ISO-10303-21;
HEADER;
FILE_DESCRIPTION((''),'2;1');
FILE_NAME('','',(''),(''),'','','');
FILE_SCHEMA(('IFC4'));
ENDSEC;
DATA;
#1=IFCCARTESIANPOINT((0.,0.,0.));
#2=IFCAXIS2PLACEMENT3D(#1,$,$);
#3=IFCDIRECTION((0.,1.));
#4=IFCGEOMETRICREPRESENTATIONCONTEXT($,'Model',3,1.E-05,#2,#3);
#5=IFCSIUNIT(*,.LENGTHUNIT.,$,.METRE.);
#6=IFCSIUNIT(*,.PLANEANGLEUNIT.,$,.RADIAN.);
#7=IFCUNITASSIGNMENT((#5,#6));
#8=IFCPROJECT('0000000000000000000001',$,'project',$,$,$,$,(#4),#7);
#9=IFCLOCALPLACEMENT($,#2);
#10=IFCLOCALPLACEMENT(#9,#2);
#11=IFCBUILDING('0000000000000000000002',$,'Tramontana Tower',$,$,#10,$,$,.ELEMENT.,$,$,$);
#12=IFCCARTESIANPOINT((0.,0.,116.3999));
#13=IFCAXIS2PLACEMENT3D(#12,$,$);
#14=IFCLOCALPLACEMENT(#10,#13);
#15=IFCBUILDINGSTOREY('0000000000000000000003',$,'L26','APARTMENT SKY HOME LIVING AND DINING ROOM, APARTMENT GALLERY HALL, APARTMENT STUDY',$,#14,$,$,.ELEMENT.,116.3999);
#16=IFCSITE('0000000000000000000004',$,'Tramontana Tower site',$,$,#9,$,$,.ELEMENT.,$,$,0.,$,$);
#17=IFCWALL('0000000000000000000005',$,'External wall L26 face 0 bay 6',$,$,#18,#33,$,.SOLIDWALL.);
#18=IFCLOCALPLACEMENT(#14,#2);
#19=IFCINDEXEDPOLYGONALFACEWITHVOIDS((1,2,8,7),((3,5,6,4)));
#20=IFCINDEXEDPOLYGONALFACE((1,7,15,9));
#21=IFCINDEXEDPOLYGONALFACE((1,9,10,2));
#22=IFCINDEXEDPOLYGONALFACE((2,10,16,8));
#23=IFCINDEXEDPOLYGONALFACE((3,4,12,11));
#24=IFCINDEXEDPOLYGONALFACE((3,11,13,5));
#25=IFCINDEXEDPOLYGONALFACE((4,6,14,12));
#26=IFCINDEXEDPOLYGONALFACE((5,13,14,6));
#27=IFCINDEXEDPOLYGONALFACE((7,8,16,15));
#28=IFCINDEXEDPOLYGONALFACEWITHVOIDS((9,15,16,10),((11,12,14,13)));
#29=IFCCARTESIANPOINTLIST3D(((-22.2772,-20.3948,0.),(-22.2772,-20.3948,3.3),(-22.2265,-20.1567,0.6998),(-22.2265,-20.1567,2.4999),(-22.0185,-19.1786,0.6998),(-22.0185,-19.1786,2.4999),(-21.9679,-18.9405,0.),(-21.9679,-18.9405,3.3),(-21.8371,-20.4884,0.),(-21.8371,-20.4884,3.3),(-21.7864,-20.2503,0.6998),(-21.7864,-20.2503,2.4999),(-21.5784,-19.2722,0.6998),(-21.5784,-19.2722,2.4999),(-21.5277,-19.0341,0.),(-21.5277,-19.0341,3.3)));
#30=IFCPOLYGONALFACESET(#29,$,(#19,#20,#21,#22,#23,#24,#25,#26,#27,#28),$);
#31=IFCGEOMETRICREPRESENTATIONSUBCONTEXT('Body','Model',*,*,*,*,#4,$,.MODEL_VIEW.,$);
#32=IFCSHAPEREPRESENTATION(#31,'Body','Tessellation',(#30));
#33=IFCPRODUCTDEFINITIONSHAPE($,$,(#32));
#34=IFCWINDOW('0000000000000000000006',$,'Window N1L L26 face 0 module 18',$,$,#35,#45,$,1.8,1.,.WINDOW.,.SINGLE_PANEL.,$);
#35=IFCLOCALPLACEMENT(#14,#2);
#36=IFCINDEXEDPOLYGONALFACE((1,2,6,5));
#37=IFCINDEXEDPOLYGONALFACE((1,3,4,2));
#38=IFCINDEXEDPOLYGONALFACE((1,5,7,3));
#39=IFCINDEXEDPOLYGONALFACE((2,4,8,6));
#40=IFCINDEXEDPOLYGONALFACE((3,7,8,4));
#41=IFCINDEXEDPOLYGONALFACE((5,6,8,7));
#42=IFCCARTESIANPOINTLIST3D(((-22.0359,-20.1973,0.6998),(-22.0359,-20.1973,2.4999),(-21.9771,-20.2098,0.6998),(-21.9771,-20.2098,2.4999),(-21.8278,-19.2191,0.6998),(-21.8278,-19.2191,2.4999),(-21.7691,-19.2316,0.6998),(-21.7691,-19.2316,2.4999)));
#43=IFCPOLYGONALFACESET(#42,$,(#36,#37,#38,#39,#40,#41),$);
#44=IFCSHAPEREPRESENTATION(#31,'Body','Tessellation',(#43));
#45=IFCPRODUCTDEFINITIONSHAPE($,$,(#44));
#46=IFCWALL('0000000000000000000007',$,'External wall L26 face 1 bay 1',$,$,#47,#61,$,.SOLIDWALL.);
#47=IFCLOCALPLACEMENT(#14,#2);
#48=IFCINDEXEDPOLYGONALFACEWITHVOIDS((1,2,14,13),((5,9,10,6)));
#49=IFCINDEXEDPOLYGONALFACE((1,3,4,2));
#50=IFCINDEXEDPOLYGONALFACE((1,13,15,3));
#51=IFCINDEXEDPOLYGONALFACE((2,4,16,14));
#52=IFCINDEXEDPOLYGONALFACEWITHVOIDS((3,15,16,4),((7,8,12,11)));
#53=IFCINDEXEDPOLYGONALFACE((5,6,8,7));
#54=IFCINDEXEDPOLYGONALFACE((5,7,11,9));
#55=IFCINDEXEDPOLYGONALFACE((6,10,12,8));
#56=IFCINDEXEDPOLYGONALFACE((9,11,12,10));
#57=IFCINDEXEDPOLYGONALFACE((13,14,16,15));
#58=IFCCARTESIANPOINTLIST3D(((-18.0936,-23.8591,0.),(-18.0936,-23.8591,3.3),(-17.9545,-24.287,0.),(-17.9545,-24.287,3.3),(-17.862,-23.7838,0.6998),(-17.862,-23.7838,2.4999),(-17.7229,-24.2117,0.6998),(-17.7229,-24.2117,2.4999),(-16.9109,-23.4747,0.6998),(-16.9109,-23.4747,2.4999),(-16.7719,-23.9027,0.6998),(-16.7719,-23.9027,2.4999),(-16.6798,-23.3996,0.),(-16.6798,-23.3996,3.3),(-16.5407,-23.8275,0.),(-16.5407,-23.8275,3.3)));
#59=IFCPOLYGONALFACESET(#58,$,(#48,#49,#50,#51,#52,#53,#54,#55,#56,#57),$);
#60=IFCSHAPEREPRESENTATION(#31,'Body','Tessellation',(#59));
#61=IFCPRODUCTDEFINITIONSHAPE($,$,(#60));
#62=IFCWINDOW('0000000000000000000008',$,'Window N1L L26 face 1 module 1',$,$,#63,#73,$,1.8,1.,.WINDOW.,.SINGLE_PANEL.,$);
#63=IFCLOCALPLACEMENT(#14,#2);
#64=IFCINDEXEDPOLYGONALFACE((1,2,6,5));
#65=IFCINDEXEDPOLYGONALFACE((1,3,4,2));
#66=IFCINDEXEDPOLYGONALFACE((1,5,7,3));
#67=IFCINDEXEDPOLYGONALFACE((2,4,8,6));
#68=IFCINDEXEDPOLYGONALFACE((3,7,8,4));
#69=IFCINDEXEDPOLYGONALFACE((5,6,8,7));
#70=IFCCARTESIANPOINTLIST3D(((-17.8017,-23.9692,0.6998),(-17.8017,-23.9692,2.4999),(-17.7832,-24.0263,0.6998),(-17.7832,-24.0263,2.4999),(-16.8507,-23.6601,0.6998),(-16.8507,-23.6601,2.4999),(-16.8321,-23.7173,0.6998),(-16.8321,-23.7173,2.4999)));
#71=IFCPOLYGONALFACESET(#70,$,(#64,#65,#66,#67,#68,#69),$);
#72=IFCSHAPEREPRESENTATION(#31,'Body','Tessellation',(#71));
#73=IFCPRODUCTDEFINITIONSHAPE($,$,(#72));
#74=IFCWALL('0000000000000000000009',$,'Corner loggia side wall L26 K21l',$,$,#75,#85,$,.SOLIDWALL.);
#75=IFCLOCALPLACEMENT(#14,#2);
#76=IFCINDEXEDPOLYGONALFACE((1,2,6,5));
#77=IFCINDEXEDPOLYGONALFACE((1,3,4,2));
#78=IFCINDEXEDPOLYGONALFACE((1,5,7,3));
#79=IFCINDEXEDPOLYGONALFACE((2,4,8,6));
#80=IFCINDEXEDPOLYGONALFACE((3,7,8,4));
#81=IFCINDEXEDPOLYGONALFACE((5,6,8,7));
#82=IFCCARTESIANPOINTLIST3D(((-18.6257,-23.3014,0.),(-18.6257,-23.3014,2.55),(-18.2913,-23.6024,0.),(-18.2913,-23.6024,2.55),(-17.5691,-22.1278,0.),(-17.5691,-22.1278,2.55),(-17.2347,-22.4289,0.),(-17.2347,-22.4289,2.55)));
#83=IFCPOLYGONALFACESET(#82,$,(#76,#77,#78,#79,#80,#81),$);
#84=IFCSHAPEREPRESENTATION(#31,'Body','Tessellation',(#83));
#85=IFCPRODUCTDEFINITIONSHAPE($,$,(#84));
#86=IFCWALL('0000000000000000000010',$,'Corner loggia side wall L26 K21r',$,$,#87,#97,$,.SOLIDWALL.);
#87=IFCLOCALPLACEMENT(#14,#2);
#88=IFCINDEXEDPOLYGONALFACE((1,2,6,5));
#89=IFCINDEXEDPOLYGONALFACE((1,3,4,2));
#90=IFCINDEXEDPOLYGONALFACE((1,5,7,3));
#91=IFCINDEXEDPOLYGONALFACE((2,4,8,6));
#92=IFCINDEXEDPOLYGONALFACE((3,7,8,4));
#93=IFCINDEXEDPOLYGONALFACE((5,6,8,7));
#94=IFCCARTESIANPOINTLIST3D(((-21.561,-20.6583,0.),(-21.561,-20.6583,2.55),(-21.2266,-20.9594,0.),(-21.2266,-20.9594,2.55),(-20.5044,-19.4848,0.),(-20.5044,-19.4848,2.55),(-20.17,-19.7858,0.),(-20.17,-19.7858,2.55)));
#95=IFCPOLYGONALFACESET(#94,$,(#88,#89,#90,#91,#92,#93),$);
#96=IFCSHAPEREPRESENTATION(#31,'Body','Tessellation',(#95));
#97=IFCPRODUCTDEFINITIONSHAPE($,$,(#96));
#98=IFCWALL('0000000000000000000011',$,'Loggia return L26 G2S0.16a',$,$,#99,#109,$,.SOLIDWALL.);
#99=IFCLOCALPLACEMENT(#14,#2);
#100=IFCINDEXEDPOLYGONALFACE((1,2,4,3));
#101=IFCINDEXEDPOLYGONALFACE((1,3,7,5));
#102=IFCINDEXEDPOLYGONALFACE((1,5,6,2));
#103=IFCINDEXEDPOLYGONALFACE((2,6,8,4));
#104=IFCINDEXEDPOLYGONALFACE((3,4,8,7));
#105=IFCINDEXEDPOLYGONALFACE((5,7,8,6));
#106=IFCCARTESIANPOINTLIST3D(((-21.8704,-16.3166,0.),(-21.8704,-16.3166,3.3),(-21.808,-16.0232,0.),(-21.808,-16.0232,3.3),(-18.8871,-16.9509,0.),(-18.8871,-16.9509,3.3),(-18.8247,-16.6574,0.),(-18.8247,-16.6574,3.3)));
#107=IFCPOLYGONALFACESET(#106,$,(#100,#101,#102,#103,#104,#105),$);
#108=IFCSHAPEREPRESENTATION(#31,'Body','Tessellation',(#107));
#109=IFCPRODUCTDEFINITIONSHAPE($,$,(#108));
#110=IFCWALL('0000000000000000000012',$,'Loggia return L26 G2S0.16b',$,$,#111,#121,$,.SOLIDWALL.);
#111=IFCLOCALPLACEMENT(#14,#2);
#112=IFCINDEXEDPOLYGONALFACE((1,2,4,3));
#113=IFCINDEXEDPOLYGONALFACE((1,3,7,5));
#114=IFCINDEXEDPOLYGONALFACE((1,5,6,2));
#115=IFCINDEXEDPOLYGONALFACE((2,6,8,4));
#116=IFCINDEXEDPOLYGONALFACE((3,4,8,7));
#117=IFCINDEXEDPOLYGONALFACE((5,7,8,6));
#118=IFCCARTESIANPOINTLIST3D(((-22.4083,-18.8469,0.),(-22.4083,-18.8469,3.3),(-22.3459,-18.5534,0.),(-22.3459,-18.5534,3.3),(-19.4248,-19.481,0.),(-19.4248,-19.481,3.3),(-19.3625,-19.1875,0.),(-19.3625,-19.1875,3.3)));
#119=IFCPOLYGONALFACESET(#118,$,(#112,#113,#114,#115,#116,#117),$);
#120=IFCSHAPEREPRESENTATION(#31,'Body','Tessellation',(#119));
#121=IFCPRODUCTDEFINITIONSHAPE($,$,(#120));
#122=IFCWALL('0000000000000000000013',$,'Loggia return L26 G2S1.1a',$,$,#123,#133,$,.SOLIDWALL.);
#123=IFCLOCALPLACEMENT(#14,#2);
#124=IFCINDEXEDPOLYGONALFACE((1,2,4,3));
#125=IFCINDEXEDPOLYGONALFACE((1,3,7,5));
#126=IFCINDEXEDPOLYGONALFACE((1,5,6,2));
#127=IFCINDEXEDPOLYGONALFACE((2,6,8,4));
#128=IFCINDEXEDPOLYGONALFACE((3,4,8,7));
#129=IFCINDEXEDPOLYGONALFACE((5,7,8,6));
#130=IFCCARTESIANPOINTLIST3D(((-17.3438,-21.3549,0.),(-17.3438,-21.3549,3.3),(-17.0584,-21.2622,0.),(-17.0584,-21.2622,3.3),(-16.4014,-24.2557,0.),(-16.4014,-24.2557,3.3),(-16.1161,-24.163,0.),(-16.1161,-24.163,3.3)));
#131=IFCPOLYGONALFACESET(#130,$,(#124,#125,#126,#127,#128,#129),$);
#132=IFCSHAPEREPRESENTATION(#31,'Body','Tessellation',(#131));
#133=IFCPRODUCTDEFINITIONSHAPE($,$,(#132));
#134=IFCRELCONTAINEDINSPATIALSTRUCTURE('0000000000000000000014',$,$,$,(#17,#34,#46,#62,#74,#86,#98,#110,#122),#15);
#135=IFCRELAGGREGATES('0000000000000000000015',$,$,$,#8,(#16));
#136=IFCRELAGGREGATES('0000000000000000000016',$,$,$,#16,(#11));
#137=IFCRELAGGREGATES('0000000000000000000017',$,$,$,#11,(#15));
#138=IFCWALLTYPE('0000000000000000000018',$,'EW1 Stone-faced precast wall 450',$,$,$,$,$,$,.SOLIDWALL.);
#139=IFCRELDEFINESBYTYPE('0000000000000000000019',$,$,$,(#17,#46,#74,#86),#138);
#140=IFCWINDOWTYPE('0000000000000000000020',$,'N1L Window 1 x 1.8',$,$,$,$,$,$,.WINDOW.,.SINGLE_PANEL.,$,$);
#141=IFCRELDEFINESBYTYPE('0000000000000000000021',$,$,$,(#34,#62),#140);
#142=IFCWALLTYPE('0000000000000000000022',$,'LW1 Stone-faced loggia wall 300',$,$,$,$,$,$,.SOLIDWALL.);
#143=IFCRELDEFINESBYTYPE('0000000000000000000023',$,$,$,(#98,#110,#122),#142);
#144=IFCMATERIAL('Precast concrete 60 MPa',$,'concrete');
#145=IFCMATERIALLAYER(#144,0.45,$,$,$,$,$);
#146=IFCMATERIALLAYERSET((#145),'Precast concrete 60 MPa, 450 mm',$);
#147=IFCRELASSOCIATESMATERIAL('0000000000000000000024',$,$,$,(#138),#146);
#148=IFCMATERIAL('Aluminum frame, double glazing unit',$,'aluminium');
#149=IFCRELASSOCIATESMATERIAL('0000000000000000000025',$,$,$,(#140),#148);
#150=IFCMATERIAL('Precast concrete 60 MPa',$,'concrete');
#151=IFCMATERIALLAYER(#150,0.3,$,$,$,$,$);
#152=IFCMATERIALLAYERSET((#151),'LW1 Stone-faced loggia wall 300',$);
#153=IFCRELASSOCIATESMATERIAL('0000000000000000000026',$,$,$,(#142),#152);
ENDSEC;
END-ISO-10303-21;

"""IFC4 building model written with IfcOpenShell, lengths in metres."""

from ifc_helpers import new_model, si_unit, direction, frame, frame_2d, origin, place, context, subcontext, project, spatial, rectangle, extrude, material, layer, layer_set, type_object, element, fill, save


model = new_model("IFC4")

# Units and contexts
model_context = context("Model", 3, precision=1e-05, world=origin(), true_north=direction((0.0, 1.0)))
body_context = subcontext(model_context, "Body", "Model", "MODEL_VIEW")
ifc_project = project(units=[si_unit("LENGTHUNIT", "METRE"), si_unit("PLANEANGLEUNIT", "RADIAN")], contexts=[model_context])

# Site, building, storey
site_placement = place(None, origin())
site = spatial("IfcSite", under=ifc_project, at=site_placement, Name="Tramontana Tower site", CompositionType="ELEMENT", RefElevation=0.0)
building_placement = place(site_placement, origin())
building = spatial("IfcBuilding", under=site, at=building_placement, Name="Tramontana Tower", CompositionType="ELEMENT")
storey_placement = place(building_placement, frame((0.0, 0.0, 116.3999)))
storey = spatial("IfcBuildingStorey", under=building, at=storey_placement, Name="L26", Description="APARTMENT SKY HOME LIVING AND DINING ROOM, APARTMENT GALLERY HALL, APARTMENT STUDY", CompositionType="ELEMENT", Elevation=116.3999)

# Walls, openings, windows
ifc_material_1 = material(Name="Precast concrete 60 MPa", Category="concrete")
ifc_layer_1 = layer(ifc_material_1, 0.45)
ifc_layer_set_1 = layer_set([ifc_layer_1], Name="Precast concrete 60 MPa, 450 mm")
wall_type_1 = type_object("IfcWallType", Name="EW1 Stone-faced precast wall 450", PredefinedType="SOLIDWALL", material=ifc_layer_set_1)
wall_1_placement = place(storey_placement, frame((-21.7478, -18.9873, 0.0), z_axis=(0.0, 0.0, 1.0), x_axis=(-0.208037, -0.978121, 0.0)))
wall_1 = element("IfcWall", 1, at=wall_1_placement, inside=storey, type_object=wall_type_1, Name="External wall L26 face 0 bay 6", PredefinedType="SOLIDWALL", context=body_context, shape_type="SweptSolid", body=[
    extrude(rectangle(XDim=1.4868, YDim=0.45, at=frame_2d((0.7434, 0.0))), origin(), (0.0, 0.0, 1.0), 3.3),
])
opening_1_placement = place(wall_1_placement, frame((0.2434, 0.0, 0.7)))
opening_1 = element("IfcOpeningElement", 2, at=opening_1_placement, cuts=wall_1, PredefinedType="OPENING", context=body_context, shape_type="SweptSolid", body=[
    extrude(rectangle(XDim=1.0, YDim=1.8, at=frame_2d((0.5, 0.8999))), frame((0.0, 0.2349, 0.0), z_axis=(0.0, -1.0, 0.0), x_axis=(1.0, 0.0, 0.0)), (0.0, 0.0, 1.0), 0.47),
])
ifc_material_2 = material(Name="Aluminum frame, double glazing unit", Category="aluminium")
window_type_1 = type_object("IfcWindowType", Name="N1L Window 1 x 1.8", PartitioningType="SINGLE_PANEL", PredefinedType="WINDOW", material=ifc_material_2)
window_1_placement = place(opening_1_placement, origin())
window_1 = element("IfcWindow", 3, at=window_1_placement, inside=storey, type_object=window_type_1, Name="Window N1L L26 face 0 module 18", OverallHeight=1.8, OverallWidth=1.0, PartitioningType="SINGLE_PANEL", PredefinedType="WINDOW", context=body_context, shape_type="SweptSolid", body=[
    extrude(rectangle(XDim=1.0, YDim=1.8, at=frame_2d((0.5, 0.8999))), frame((0.0, 0.03, 0.0), z_axis=(0.0, -1.0, 0.0), x_axis=(1.0, 0.0, 0.0)), (0.0, 0.0, 1.0), 0.0601),
])
fill(opening_1, window_1)
wall_2_placement = place(storey_placement, frame((-18.0239, -24.073, 0.0), z_axis=(0.0, 0.0, 1.0), x_axis=(0.951038, 0.309075, 0.0)))
wall_2 = element("IfcWall", 4, at=wall_2_placement, inside=storey, type_object=wall_type_1, Name="External wall L26 face 1 bay 1", PredefinedType="SOLIDWALL", context=body_context, shape_type="SweptSolid", body=[
    extrude(rectangle(XDim=1.4866, YDim=0.45, at=frame_2d((0.7432, 0.0))), origin(), (0.0, 0.0, 1.0), 3.3),
])
opening_2_placement = place(wall_2_placement, frame((0.2434, 0.0, 0.7)))
opening_2 = element("IfcOpeningElement", 5, at=opening_2_placement, cuts=wall_2, PredefinedType="OPENING", context=body_context, shape_type="SweptSolid", body=[
    extrude(rectangle(XDim=1.0, YDim=1.8, at=frame_2d((0.5, 0.8999))), frame((0.0, 0.2349, 0.0), z_axis=(0.0, -1.0, 0.0), x_axis=(1.0, 0.0, 0.0)), (0.0, 0.0, 1.0), 0.47),
])
window_2_placement = place(opening_2_placement, origin())
window_2 = element("IfcWindow", 6, at=window_2_placement, inside=storey, type_object=window_type_1, Name="Window N1L L26 face 1 module 1", OverallHeight=1.8, OverallWidth=1.0, PartitioningType="SINGLE_PANEL", PredefinedType="WINDOW", context=body_context, shape_type="SweptSolid", body=[
    extrude(rectangle(XDim=1.0, YDim=1.8, at=frame_2d((0.5, 0.8999))), frame((0.0, 0.03, 0.0), z_axis=(0.0, -1.0, 0.0), x_axis=(1.0, 0.0, 0.0)), (0.0, 0.0, 1.0), 0.0601),
])
fill(opening_2, window_2)

# Walls
for number, where, z_axis, x_axis, name in (
    (7, (-18.4585, -23.4519, 0.0), (0.0, 0.0, 1.0), (0.66911, 0.743163, 0.0), "Corner loggia side wall L26 K21l"),
    (8, (-21.3938, -20.8088, 0.0), (0.0, 0.0, 1.0), (0.66911, 0.743163, 0.0), "Corner loggia side wall L26 K21r"),
):
    element("IfcWall", number, at=place(storey_placement, frame(where, z_axis=z_axis, x_axis=x_axis)), inside=storey, type_object=wall_type_1, Name=name, PredefinedType="SOLIDWALL", context=body_context, shape_type="SweptSolid", body=[
        extrude(rectangle(XDim=1.5791, YDim=0.45, at=frame_2d((0.7896, 0.0))), origin(), (0.0, 0.0, 1.0), 2.55),
    ])

# Shared definitions
ifc_material_3 = material(Name="Precast concrete 60 MPa", Category="concrete")
ifc_layer_2 = layer(ifc_material_3, 0.3)
ifc_layer_set_2 = layer_set([ifc_layer_2], Name="LW1 Stone-faced loggia wall 300")
wall_type_2 = type_object("IfcWallType", Name="LW1 Stone-faced loggia wall 300", PredefinedType="SOLIDWALL", material=ifc_layer_set_2)

# Walls
for number, where, z_axis, x_axis, name in (
    (9, (-21.8391, -16.1699, 0.0), (0.0, 0.0, 1.0), (0.978139, -0.207954, 0.0), "Loggia return L26 G2S0.16a"),
    (10, (-22.377, -18.7002, 0.0), (0.0, 0.0, 1.0), (0.978155, -0.207878, 0.0), "Loggia return L26 G2S0.16b"),
):
    element("IfcWall", number, at=place(storey_placement, frame(where, z_axis=z_axis, x_axis=x_axis)), inside=storey, type_object=wall_type_2, Name=name, PredefinedType="SOLIDWALL", context=body_context, shape_type="SweptSolid", body=[
        extrude(rectangle(XDim=3.05, YDim=0.3, at=frame_2d((1.5249, 0.0))), origin(), (0.0, 0.0, 1.0), 3.3),
    ])

# Wall
wall_3_placement = place(storey_placement, frame((-16.2588, -24.2092, 0.0), z_axis=(0.0, 0.0, 1.0), x_axis=(-0.308967, 0.951073, 0.0)))
element("IfcWall", 11, at=wall_3_placement, inside=storey, type_object=wall_type_2, Name="Loggia return L26 G2S1.1a", PredefinedType="SOLIDWALL", context=body_context, shape_type="SweptSolid", body=[
    extrude(rectangle(XDim=3.05, YDim=0.3, at=frame_2d((1.5249, 0.0))), origin(), (0.0, 0.0, 1.0), 3.3),
])

save(model, "model.ifc")
